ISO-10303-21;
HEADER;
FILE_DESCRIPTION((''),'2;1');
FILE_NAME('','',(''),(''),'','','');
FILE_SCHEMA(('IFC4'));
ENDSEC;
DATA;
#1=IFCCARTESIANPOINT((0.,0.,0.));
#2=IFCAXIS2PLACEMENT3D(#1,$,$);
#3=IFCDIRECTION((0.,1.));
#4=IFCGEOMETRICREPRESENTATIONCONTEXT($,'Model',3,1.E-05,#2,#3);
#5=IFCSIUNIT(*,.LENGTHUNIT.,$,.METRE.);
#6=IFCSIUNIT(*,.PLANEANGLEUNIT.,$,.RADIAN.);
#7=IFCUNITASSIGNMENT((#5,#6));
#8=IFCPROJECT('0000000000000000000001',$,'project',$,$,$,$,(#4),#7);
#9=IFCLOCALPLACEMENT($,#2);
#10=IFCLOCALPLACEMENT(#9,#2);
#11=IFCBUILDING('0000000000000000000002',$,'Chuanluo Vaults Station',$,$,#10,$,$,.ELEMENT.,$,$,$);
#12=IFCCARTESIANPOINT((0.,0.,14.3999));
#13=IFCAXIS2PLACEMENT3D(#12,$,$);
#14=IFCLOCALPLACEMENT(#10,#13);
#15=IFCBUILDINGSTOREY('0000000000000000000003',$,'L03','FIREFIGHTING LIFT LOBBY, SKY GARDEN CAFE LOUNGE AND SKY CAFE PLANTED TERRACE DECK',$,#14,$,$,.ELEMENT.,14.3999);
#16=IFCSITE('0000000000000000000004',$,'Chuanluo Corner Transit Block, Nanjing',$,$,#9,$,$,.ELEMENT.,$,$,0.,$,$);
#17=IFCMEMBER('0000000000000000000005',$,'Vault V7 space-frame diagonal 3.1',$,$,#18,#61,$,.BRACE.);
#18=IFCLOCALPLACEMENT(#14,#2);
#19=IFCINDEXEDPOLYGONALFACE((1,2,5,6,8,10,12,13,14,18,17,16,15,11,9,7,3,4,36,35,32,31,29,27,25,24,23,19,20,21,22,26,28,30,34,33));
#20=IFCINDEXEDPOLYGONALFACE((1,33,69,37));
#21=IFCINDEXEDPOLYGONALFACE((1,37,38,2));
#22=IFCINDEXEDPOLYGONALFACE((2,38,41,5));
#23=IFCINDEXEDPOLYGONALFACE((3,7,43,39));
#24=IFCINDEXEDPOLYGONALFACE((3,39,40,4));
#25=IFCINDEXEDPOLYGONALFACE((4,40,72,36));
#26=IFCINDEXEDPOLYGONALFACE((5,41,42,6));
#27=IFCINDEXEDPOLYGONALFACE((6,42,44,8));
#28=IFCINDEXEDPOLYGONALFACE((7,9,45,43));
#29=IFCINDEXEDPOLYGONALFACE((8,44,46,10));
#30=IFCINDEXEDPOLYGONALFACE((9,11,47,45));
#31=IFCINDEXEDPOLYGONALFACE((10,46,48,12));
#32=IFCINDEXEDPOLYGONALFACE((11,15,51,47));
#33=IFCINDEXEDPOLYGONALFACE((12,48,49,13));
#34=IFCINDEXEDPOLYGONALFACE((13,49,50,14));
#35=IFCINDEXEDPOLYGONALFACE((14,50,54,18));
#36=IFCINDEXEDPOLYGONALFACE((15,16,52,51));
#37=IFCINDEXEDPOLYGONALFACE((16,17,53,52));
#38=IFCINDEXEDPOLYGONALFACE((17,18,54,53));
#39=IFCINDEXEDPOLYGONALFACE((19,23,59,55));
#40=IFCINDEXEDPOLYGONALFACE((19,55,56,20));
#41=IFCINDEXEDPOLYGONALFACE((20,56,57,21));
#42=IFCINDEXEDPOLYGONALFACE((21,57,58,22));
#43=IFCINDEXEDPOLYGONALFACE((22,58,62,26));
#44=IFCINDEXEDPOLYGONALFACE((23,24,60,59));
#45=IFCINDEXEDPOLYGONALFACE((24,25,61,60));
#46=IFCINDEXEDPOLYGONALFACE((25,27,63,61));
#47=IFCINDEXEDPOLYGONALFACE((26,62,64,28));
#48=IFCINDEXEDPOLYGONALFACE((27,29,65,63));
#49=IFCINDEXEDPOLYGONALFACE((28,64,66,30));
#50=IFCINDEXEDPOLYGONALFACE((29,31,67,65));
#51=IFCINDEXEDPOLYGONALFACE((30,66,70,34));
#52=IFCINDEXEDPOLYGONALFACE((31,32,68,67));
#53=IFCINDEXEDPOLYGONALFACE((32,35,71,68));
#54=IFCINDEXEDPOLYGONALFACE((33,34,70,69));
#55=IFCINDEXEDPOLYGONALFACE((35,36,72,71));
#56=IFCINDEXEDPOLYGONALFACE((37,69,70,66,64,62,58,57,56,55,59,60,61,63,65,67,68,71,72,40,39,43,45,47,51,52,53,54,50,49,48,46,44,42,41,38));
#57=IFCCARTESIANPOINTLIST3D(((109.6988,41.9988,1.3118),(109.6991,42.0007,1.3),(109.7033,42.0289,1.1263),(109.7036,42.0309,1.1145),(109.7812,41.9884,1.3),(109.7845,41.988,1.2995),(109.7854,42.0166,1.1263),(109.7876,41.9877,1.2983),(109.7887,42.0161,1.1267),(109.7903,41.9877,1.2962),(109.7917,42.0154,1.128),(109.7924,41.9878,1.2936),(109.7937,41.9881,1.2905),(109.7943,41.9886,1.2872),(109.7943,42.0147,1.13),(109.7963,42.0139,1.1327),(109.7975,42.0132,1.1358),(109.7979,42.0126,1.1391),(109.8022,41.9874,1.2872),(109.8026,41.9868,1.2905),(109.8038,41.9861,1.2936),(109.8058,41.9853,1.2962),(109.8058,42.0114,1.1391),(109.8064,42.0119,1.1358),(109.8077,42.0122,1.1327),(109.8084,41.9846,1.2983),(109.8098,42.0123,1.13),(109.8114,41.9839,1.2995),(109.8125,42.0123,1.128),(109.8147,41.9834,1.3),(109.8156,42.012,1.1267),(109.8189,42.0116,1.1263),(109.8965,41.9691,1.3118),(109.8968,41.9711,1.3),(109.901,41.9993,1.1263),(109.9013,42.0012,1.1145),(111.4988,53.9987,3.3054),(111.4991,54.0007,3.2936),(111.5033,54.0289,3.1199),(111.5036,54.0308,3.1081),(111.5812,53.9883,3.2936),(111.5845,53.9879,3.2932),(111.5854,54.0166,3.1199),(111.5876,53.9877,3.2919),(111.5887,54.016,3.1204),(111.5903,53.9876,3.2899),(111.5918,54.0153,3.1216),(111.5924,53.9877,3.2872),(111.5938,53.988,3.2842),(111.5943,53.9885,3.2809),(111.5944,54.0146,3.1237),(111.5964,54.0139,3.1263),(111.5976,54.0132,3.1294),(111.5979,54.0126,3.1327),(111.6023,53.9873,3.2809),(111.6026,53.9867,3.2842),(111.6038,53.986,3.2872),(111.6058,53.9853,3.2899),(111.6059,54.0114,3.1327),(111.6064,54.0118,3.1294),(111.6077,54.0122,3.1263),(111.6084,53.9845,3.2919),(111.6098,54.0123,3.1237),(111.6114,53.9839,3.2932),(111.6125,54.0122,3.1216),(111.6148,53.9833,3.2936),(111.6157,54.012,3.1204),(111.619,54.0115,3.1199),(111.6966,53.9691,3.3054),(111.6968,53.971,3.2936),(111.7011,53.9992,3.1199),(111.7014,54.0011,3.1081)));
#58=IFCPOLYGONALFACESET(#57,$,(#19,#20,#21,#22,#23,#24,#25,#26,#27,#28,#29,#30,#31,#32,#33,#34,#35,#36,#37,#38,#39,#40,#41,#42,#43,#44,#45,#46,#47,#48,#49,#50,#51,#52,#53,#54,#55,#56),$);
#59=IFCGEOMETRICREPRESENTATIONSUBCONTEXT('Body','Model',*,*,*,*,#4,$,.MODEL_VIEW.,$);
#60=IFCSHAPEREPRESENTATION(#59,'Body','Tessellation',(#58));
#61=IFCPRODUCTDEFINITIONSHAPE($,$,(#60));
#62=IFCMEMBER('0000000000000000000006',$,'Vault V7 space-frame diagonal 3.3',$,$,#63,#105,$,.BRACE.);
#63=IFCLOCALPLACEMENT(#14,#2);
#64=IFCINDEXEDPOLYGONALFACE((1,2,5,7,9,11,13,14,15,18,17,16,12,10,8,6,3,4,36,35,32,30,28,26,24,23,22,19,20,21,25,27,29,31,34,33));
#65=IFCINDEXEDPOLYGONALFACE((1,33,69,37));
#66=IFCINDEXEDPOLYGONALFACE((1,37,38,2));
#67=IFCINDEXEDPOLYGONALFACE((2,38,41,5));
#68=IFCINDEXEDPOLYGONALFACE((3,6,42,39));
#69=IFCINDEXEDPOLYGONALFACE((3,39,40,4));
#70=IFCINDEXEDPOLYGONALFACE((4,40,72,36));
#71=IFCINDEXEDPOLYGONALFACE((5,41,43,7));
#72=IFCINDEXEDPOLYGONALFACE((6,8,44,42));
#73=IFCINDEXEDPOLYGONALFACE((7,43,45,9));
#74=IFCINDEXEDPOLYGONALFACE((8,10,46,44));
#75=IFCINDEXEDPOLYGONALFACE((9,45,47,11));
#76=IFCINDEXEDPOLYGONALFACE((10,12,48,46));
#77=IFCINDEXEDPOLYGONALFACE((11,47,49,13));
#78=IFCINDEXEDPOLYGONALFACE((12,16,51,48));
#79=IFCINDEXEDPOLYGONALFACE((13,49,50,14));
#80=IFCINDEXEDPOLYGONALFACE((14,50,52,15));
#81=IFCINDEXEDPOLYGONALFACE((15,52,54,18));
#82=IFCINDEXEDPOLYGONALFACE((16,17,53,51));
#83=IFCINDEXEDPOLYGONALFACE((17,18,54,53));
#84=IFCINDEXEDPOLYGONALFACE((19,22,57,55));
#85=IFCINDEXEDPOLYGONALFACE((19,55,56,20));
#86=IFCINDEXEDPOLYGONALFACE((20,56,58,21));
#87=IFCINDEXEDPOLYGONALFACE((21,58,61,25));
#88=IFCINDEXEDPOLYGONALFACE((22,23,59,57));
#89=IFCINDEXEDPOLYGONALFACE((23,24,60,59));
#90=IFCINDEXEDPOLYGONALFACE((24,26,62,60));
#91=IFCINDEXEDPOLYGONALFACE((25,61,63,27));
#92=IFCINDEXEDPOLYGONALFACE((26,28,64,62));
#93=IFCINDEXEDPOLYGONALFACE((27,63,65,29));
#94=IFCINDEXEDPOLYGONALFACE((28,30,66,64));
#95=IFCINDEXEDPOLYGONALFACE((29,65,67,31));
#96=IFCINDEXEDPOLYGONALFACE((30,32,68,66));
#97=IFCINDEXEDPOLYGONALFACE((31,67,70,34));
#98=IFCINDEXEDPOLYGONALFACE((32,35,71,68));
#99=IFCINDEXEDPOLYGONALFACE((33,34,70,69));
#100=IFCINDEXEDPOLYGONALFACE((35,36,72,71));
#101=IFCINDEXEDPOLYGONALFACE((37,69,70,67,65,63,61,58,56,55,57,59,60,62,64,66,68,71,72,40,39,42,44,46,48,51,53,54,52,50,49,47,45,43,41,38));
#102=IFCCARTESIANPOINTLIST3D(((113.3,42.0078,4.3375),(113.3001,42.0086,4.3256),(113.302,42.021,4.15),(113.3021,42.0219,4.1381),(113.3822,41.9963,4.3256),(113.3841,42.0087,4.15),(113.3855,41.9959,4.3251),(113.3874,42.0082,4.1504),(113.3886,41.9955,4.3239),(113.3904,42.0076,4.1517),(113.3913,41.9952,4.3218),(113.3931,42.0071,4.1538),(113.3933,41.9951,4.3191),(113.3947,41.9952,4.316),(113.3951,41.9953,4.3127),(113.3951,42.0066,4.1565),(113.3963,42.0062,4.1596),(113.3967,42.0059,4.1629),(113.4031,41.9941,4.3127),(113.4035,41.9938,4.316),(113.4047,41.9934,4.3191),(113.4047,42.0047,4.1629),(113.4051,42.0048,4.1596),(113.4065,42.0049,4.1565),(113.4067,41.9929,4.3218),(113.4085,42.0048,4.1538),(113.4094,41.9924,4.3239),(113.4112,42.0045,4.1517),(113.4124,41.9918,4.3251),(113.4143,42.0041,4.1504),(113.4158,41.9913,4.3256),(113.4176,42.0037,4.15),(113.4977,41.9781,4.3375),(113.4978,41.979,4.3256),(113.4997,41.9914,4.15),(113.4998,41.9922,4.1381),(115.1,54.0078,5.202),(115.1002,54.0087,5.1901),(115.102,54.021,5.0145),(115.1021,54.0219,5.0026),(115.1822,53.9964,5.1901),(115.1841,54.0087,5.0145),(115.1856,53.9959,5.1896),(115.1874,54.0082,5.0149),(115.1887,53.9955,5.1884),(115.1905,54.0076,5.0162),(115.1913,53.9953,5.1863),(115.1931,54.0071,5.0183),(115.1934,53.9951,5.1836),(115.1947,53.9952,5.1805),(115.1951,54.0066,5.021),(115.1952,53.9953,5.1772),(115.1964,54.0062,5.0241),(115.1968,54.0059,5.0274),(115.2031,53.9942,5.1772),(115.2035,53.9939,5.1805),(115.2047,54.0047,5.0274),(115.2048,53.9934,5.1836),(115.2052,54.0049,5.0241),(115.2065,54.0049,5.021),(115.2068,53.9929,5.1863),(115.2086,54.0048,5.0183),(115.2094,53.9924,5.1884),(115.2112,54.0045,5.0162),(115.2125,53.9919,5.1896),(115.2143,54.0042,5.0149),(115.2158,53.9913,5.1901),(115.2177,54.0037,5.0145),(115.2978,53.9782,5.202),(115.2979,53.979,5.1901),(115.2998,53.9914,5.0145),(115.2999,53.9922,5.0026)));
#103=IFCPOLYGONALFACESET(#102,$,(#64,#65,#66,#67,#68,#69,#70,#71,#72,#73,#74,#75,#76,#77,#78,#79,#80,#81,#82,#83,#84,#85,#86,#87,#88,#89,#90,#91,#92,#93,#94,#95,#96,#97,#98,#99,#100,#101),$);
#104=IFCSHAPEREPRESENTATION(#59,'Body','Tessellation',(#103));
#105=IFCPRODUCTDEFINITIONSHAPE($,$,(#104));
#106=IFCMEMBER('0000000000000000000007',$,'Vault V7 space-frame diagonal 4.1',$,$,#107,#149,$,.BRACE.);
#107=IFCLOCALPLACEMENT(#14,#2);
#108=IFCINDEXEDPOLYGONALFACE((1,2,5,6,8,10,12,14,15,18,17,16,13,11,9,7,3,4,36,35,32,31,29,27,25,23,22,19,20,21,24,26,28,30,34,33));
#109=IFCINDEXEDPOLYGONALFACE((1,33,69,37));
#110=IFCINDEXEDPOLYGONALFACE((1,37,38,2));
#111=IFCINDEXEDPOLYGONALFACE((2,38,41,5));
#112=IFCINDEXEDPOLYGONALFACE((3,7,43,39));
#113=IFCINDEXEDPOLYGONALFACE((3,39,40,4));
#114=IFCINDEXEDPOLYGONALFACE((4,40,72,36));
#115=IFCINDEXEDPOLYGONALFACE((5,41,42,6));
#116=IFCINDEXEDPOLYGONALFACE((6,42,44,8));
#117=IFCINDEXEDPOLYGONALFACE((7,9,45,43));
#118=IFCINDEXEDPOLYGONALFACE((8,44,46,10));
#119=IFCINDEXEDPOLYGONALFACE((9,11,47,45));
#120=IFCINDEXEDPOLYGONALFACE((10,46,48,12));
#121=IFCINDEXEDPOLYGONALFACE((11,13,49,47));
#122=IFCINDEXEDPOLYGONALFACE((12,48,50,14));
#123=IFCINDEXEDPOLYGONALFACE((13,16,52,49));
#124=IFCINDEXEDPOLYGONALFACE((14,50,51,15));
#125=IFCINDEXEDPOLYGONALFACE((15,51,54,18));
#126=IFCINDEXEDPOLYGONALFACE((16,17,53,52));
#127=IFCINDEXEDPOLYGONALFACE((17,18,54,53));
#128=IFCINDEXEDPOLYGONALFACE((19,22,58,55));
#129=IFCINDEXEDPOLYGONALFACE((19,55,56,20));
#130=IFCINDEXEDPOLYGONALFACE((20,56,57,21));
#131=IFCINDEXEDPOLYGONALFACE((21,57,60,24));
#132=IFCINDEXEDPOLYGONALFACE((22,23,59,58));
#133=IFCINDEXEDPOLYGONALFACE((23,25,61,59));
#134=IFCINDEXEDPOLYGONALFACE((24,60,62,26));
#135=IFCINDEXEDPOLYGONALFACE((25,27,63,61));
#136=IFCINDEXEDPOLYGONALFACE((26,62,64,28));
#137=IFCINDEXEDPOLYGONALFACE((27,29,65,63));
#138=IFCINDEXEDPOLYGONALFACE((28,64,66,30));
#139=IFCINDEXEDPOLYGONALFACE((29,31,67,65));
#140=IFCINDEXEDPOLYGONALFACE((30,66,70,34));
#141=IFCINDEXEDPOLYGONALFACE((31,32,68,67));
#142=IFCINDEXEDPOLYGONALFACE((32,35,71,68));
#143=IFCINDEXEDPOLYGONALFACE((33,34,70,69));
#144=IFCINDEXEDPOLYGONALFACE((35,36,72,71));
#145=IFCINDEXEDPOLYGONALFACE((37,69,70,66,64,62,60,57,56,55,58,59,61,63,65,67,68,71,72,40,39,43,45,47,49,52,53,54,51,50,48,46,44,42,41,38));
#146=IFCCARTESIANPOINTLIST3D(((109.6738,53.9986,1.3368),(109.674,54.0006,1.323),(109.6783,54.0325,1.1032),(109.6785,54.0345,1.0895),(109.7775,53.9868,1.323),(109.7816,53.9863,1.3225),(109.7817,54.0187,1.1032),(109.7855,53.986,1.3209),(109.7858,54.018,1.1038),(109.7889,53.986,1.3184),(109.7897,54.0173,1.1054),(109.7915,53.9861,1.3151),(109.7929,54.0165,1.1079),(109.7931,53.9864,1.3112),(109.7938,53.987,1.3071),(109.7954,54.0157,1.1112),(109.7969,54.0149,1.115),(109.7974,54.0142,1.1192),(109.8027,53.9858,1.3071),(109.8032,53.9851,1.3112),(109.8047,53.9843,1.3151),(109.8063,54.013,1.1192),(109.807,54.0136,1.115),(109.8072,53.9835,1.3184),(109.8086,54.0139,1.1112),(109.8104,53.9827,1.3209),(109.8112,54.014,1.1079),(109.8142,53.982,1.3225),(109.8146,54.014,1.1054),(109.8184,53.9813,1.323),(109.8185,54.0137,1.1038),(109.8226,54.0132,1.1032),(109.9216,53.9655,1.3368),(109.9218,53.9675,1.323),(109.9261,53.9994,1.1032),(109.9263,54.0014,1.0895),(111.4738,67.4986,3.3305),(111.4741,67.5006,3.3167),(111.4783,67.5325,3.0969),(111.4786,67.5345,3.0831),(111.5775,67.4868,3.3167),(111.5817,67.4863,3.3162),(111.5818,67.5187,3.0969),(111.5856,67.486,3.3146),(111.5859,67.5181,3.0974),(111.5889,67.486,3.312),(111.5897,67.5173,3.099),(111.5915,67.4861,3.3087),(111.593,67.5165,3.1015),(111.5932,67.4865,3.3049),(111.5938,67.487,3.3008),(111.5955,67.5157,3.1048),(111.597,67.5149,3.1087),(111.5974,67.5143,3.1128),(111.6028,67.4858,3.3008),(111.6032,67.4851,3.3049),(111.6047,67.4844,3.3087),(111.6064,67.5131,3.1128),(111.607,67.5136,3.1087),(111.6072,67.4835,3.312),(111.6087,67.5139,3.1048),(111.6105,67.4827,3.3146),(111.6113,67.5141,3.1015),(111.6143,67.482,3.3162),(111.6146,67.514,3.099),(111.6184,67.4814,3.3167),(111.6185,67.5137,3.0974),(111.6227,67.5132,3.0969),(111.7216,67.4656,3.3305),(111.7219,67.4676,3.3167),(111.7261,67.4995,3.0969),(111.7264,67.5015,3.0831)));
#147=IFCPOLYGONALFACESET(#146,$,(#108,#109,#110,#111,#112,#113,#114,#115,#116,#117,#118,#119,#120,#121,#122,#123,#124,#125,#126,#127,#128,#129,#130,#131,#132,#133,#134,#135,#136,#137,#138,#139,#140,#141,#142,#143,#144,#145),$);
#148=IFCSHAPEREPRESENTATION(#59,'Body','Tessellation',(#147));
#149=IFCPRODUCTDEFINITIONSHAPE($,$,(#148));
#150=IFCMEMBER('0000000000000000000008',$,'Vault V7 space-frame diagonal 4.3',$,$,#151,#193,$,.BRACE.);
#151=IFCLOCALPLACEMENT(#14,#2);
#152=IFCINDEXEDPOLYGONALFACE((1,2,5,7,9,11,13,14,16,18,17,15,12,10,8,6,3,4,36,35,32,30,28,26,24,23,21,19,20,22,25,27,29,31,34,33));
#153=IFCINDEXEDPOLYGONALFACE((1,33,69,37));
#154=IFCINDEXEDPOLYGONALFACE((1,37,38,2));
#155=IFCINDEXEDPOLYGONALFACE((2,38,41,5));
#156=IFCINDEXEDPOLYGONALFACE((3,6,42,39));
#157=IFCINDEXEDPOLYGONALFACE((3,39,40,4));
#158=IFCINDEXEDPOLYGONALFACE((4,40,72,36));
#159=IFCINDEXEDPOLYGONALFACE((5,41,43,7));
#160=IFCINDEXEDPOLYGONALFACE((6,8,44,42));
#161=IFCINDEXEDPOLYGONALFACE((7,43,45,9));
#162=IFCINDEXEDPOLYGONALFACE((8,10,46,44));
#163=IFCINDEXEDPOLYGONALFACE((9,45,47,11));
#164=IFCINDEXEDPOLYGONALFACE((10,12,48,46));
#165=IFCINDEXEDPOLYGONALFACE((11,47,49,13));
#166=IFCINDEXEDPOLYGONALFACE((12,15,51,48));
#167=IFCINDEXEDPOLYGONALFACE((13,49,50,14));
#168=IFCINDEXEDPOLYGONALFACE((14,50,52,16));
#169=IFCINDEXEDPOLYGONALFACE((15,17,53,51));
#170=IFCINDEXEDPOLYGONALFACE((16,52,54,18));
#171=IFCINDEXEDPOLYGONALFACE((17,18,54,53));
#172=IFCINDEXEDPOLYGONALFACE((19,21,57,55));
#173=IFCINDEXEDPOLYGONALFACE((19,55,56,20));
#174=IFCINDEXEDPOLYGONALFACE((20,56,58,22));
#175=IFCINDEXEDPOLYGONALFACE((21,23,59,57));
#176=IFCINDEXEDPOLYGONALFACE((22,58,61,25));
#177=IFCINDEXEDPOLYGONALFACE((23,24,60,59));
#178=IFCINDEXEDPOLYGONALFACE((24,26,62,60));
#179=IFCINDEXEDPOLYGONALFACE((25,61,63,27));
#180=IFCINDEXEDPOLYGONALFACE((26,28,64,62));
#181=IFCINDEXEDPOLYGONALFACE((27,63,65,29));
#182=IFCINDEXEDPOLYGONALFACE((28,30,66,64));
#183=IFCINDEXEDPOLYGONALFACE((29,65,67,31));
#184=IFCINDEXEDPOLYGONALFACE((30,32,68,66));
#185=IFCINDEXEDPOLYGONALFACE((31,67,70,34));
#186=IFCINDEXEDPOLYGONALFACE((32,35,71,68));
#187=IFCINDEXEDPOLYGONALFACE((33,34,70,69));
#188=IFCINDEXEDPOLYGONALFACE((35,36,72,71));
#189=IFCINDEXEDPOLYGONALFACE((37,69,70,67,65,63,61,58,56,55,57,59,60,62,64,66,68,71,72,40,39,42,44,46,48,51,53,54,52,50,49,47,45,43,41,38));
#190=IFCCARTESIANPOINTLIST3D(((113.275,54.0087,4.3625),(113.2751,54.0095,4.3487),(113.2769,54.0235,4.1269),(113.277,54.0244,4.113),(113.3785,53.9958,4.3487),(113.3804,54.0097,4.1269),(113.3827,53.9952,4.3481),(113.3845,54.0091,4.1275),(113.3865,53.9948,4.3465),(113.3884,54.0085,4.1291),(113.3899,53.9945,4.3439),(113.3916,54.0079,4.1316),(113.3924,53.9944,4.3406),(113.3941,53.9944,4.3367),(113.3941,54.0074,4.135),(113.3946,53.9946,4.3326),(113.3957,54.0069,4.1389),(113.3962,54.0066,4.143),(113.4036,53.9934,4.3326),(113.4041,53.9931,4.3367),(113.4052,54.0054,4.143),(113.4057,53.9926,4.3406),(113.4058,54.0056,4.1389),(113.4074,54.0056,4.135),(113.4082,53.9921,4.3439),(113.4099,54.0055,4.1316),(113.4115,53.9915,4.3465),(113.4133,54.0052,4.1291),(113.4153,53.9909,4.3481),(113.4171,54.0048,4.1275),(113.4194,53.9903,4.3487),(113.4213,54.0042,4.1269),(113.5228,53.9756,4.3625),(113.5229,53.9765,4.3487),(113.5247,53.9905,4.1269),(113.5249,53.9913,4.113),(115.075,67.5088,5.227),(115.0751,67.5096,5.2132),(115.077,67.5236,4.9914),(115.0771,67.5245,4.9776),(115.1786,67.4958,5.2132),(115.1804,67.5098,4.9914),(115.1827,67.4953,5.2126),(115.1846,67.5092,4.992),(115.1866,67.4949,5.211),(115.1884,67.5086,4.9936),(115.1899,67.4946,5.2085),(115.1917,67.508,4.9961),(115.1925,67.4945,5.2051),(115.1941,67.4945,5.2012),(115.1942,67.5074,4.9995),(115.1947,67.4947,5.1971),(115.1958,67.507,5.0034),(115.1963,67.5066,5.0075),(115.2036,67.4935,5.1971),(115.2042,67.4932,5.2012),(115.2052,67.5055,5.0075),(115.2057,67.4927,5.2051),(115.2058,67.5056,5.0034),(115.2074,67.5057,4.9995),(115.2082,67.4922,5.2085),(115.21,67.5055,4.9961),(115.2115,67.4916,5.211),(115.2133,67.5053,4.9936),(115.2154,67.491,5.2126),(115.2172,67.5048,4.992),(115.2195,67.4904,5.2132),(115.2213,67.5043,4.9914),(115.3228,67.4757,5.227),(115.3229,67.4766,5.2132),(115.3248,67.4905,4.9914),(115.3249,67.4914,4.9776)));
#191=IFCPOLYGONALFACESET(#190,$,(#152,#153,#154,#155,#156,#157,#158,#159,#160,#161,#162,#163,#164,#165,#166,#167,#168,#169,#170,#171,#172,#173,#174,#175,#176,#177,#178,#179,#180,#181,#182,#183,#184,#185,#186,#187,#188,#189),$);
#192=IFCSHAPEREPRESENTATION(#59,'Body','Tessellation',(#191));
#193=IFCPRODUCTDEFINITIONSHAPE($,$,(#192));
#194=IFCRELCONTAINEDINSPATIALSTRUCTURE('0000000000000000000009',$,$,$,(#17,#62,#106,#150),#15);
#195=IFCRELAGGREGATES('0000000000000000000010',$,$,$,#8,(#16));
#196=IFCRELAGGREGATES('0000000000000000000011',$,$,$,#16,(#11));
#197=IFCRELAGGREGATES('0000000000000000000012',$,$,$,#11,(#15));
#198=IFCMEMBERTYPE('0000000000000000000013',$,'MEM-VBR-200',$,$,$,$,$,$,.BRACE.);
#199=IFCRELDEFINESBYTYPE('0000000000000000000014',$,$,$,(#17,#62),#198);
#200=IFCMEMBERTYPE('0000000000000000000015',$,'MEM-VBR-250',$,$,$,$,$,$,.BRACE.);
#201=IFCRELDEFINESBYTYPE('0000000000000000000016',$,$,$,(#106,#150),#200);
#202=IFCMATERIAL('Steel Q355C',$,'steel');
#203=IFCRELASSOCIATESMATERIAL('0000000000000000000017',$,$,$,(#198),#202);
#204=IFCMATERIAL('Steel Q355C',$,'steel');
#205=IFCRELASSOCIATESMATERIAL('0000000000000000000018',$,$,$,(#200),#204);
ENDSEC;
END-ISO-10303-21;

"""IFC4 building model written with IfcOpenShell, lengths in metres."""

from ifc_helpers import new_model, si_unit, direction, frame, origin, origin_2d, place, context, subcontext, project, spatial, i_section, extrude, material, material_profile, profile_set, type_object, element, save


model = new_model("IFC4")

# Units and contexts
model_context = context("Model", 3, precision=1e-05, world=origin(), true_north=direction((0.0, 1.0)))
body_context = subcontext(model_context, "Body", "Model", "MODEL_VIEW")
ifc_project = project(units=[si_unit("LENGTHUNIT", "METRE"), si_unit("PLANEANGLEUNIT", "RADIAN")], contexts=[model_context])

# Site, building, storey
site_placement = place(None, origin())
site = spatial("IfcSite", under=ifc_project, at=site_placement, Name="Chuanluo Corner Transit Block, Nanjing", CompositionType="ELEMENT", RefElevation=0.0)
building_placement = place(site_placement, origin())
building = spatial("IfcBuilding", under=site, at=building_placement, Name="Chuanluo Vaults Station", CompositionType="ELEMENT")
storey_placement = place(building_placement, frame((0.0, 0.0, 14.3999)))
storey = spatial("IfcBuildingStorey", under=building, at=storey_placement, Name="L03", Description="FIREFIGHTING LIFT LOBBY, SKY GARDEN CAFE LOUNGE AND SKY CAFE PLANTED TERRACE DECK", CompositionType="ELEMENT", Elevation=14.3999)

# Members
ifc_material_1 = material(Name="Steel Q355C", Category="steel")
ifc_material_profile_1 = material_profile(ifc_material_1, i_section(OverallWidth=0.2, OverallDepth=0.2, WebThickness=0.0081, FlangeThickness=0.012, FilletRadius=0.0129, at=origin_2d()))
ifc_profile_set_1 = profile_set([ifc_material_profile_1], Name="Steel Q355C")
member_type_1 = type_object("IfcMemberType", Name="MEM-VBR-200", PredefinedType="BRACE", material=ifc_profile_set_1)
member_1_placement = place(storey_placement, frame((109.8, 42.0, 1.2131), z_axis=(0.146382, 0.975852, 0.162126), x_axis=(-0.988936, 0.148344, 0.0)))
element("IfcMember", 1, at=member_1_placement, inside=storey, type_object=member_type_1, Name="Vault V7 space-frame diagonal 3.1", PredefinedType="BRACE", context=body_context, shape_type="SweptSolid", body=[
    extrude(i_section(OverallWidth=0.2, OverallDepth=0.2, WebThickness=0.0081, FlangeThickness=0.012, FilletRadius=0.0129, at=origin_2d()), origin(), (0.0, 0.0, 1.0), 12.2969),
])
member_2_placement = place(storey_placement, frame((113.3999, 42.0, 4.2378), z_axis=(0.147969, 0.986435, 0.071065), x_axis=(-0.988936, 0.148344, 0.0)))
element("IfcMember", 2, at=member_2_placement, inside=storey, type_object=member_type_1, Name="Vault V7 space-frame diagonal 3.3", PredefinedType="BRACE", context=body_context, shape_type="SweptSolid", body=[
    extrude(i_section(OverallWidth=0.2, OverallDepth=0.2, WebThickness=0.0081, FlangeThickness=0.012, FilletRadius=0.0129, at=origin_2d()), origin(), (0.0, 0.0, 1.0), 12.165),
])
ifc_material_2 = material(Name="Steel Q355C", Category="steel")
ifc_material_profile_2 = material_profile(ifc_material_2, i_section(OverallWidth=0.25, OverallDepth=0.25, WebThickness=0.009, FlangeThickness=0.0139, FilletRadius=0.0161, at=origin_2d()))
ifc_profile_set_2 = profile_set([ifc_material_profile_2], Name="Steel Q355C")
member_type_2 = type_object("IfcMemberType", Name="MEM-VBR-250", PredefinedType="BRACE", material=ifc_profile_set_2)
member_3_placement = place(storey_placement, frame((109.8, 54.0, 1.2131), z_axis=(0.130774, 0.980775, 0.144839), x_axis=(-0.991227, 0.132167, 0.0)))
element("IfcMember", 3, at=member_3_placement, inside=storey, type_object=member_type_2, Name="Vault V7 space-frame diagonal 4.1", PredefinedType="BRACE", context=body_context, shape_type="SweptSolid", body=[
    extrude(i_section(OverallWidth=0.25, OverallDepth=0.25, WebThickness=0.009, FlangeThickness=0.0139, FilletRadius=0.0161, at=origin_2d()), origin(), (0.0, 0.0, 1.0), 13.7646),
])
member_4_placement = place(storey_placement, frame((113.3999, 54.0, 4.2378), z_axis=(0.131902, 0.989237, 0.063348), x_axis=(-0.991227, 0.132167, 0.0)))
element("IfcMember", 4, at=member_4_placement, inside=storey, type_object=member_type_2, Name="Vault V7 space-frame diagonal 4.3", PredefinedType="BRACE", context=body_context, shape_type="SweptSolid", body=[
    extrude(i_section(OverallWidth=0.25, OverallDepth=0.25, WebThickness=0.009, FlangeThickness=0.0139, FilletRadius=0.0161, at=origin_2d()), origin(), (0.0, 0.0, 1.0), 13.647),
])

save(model, "model.ifc")
